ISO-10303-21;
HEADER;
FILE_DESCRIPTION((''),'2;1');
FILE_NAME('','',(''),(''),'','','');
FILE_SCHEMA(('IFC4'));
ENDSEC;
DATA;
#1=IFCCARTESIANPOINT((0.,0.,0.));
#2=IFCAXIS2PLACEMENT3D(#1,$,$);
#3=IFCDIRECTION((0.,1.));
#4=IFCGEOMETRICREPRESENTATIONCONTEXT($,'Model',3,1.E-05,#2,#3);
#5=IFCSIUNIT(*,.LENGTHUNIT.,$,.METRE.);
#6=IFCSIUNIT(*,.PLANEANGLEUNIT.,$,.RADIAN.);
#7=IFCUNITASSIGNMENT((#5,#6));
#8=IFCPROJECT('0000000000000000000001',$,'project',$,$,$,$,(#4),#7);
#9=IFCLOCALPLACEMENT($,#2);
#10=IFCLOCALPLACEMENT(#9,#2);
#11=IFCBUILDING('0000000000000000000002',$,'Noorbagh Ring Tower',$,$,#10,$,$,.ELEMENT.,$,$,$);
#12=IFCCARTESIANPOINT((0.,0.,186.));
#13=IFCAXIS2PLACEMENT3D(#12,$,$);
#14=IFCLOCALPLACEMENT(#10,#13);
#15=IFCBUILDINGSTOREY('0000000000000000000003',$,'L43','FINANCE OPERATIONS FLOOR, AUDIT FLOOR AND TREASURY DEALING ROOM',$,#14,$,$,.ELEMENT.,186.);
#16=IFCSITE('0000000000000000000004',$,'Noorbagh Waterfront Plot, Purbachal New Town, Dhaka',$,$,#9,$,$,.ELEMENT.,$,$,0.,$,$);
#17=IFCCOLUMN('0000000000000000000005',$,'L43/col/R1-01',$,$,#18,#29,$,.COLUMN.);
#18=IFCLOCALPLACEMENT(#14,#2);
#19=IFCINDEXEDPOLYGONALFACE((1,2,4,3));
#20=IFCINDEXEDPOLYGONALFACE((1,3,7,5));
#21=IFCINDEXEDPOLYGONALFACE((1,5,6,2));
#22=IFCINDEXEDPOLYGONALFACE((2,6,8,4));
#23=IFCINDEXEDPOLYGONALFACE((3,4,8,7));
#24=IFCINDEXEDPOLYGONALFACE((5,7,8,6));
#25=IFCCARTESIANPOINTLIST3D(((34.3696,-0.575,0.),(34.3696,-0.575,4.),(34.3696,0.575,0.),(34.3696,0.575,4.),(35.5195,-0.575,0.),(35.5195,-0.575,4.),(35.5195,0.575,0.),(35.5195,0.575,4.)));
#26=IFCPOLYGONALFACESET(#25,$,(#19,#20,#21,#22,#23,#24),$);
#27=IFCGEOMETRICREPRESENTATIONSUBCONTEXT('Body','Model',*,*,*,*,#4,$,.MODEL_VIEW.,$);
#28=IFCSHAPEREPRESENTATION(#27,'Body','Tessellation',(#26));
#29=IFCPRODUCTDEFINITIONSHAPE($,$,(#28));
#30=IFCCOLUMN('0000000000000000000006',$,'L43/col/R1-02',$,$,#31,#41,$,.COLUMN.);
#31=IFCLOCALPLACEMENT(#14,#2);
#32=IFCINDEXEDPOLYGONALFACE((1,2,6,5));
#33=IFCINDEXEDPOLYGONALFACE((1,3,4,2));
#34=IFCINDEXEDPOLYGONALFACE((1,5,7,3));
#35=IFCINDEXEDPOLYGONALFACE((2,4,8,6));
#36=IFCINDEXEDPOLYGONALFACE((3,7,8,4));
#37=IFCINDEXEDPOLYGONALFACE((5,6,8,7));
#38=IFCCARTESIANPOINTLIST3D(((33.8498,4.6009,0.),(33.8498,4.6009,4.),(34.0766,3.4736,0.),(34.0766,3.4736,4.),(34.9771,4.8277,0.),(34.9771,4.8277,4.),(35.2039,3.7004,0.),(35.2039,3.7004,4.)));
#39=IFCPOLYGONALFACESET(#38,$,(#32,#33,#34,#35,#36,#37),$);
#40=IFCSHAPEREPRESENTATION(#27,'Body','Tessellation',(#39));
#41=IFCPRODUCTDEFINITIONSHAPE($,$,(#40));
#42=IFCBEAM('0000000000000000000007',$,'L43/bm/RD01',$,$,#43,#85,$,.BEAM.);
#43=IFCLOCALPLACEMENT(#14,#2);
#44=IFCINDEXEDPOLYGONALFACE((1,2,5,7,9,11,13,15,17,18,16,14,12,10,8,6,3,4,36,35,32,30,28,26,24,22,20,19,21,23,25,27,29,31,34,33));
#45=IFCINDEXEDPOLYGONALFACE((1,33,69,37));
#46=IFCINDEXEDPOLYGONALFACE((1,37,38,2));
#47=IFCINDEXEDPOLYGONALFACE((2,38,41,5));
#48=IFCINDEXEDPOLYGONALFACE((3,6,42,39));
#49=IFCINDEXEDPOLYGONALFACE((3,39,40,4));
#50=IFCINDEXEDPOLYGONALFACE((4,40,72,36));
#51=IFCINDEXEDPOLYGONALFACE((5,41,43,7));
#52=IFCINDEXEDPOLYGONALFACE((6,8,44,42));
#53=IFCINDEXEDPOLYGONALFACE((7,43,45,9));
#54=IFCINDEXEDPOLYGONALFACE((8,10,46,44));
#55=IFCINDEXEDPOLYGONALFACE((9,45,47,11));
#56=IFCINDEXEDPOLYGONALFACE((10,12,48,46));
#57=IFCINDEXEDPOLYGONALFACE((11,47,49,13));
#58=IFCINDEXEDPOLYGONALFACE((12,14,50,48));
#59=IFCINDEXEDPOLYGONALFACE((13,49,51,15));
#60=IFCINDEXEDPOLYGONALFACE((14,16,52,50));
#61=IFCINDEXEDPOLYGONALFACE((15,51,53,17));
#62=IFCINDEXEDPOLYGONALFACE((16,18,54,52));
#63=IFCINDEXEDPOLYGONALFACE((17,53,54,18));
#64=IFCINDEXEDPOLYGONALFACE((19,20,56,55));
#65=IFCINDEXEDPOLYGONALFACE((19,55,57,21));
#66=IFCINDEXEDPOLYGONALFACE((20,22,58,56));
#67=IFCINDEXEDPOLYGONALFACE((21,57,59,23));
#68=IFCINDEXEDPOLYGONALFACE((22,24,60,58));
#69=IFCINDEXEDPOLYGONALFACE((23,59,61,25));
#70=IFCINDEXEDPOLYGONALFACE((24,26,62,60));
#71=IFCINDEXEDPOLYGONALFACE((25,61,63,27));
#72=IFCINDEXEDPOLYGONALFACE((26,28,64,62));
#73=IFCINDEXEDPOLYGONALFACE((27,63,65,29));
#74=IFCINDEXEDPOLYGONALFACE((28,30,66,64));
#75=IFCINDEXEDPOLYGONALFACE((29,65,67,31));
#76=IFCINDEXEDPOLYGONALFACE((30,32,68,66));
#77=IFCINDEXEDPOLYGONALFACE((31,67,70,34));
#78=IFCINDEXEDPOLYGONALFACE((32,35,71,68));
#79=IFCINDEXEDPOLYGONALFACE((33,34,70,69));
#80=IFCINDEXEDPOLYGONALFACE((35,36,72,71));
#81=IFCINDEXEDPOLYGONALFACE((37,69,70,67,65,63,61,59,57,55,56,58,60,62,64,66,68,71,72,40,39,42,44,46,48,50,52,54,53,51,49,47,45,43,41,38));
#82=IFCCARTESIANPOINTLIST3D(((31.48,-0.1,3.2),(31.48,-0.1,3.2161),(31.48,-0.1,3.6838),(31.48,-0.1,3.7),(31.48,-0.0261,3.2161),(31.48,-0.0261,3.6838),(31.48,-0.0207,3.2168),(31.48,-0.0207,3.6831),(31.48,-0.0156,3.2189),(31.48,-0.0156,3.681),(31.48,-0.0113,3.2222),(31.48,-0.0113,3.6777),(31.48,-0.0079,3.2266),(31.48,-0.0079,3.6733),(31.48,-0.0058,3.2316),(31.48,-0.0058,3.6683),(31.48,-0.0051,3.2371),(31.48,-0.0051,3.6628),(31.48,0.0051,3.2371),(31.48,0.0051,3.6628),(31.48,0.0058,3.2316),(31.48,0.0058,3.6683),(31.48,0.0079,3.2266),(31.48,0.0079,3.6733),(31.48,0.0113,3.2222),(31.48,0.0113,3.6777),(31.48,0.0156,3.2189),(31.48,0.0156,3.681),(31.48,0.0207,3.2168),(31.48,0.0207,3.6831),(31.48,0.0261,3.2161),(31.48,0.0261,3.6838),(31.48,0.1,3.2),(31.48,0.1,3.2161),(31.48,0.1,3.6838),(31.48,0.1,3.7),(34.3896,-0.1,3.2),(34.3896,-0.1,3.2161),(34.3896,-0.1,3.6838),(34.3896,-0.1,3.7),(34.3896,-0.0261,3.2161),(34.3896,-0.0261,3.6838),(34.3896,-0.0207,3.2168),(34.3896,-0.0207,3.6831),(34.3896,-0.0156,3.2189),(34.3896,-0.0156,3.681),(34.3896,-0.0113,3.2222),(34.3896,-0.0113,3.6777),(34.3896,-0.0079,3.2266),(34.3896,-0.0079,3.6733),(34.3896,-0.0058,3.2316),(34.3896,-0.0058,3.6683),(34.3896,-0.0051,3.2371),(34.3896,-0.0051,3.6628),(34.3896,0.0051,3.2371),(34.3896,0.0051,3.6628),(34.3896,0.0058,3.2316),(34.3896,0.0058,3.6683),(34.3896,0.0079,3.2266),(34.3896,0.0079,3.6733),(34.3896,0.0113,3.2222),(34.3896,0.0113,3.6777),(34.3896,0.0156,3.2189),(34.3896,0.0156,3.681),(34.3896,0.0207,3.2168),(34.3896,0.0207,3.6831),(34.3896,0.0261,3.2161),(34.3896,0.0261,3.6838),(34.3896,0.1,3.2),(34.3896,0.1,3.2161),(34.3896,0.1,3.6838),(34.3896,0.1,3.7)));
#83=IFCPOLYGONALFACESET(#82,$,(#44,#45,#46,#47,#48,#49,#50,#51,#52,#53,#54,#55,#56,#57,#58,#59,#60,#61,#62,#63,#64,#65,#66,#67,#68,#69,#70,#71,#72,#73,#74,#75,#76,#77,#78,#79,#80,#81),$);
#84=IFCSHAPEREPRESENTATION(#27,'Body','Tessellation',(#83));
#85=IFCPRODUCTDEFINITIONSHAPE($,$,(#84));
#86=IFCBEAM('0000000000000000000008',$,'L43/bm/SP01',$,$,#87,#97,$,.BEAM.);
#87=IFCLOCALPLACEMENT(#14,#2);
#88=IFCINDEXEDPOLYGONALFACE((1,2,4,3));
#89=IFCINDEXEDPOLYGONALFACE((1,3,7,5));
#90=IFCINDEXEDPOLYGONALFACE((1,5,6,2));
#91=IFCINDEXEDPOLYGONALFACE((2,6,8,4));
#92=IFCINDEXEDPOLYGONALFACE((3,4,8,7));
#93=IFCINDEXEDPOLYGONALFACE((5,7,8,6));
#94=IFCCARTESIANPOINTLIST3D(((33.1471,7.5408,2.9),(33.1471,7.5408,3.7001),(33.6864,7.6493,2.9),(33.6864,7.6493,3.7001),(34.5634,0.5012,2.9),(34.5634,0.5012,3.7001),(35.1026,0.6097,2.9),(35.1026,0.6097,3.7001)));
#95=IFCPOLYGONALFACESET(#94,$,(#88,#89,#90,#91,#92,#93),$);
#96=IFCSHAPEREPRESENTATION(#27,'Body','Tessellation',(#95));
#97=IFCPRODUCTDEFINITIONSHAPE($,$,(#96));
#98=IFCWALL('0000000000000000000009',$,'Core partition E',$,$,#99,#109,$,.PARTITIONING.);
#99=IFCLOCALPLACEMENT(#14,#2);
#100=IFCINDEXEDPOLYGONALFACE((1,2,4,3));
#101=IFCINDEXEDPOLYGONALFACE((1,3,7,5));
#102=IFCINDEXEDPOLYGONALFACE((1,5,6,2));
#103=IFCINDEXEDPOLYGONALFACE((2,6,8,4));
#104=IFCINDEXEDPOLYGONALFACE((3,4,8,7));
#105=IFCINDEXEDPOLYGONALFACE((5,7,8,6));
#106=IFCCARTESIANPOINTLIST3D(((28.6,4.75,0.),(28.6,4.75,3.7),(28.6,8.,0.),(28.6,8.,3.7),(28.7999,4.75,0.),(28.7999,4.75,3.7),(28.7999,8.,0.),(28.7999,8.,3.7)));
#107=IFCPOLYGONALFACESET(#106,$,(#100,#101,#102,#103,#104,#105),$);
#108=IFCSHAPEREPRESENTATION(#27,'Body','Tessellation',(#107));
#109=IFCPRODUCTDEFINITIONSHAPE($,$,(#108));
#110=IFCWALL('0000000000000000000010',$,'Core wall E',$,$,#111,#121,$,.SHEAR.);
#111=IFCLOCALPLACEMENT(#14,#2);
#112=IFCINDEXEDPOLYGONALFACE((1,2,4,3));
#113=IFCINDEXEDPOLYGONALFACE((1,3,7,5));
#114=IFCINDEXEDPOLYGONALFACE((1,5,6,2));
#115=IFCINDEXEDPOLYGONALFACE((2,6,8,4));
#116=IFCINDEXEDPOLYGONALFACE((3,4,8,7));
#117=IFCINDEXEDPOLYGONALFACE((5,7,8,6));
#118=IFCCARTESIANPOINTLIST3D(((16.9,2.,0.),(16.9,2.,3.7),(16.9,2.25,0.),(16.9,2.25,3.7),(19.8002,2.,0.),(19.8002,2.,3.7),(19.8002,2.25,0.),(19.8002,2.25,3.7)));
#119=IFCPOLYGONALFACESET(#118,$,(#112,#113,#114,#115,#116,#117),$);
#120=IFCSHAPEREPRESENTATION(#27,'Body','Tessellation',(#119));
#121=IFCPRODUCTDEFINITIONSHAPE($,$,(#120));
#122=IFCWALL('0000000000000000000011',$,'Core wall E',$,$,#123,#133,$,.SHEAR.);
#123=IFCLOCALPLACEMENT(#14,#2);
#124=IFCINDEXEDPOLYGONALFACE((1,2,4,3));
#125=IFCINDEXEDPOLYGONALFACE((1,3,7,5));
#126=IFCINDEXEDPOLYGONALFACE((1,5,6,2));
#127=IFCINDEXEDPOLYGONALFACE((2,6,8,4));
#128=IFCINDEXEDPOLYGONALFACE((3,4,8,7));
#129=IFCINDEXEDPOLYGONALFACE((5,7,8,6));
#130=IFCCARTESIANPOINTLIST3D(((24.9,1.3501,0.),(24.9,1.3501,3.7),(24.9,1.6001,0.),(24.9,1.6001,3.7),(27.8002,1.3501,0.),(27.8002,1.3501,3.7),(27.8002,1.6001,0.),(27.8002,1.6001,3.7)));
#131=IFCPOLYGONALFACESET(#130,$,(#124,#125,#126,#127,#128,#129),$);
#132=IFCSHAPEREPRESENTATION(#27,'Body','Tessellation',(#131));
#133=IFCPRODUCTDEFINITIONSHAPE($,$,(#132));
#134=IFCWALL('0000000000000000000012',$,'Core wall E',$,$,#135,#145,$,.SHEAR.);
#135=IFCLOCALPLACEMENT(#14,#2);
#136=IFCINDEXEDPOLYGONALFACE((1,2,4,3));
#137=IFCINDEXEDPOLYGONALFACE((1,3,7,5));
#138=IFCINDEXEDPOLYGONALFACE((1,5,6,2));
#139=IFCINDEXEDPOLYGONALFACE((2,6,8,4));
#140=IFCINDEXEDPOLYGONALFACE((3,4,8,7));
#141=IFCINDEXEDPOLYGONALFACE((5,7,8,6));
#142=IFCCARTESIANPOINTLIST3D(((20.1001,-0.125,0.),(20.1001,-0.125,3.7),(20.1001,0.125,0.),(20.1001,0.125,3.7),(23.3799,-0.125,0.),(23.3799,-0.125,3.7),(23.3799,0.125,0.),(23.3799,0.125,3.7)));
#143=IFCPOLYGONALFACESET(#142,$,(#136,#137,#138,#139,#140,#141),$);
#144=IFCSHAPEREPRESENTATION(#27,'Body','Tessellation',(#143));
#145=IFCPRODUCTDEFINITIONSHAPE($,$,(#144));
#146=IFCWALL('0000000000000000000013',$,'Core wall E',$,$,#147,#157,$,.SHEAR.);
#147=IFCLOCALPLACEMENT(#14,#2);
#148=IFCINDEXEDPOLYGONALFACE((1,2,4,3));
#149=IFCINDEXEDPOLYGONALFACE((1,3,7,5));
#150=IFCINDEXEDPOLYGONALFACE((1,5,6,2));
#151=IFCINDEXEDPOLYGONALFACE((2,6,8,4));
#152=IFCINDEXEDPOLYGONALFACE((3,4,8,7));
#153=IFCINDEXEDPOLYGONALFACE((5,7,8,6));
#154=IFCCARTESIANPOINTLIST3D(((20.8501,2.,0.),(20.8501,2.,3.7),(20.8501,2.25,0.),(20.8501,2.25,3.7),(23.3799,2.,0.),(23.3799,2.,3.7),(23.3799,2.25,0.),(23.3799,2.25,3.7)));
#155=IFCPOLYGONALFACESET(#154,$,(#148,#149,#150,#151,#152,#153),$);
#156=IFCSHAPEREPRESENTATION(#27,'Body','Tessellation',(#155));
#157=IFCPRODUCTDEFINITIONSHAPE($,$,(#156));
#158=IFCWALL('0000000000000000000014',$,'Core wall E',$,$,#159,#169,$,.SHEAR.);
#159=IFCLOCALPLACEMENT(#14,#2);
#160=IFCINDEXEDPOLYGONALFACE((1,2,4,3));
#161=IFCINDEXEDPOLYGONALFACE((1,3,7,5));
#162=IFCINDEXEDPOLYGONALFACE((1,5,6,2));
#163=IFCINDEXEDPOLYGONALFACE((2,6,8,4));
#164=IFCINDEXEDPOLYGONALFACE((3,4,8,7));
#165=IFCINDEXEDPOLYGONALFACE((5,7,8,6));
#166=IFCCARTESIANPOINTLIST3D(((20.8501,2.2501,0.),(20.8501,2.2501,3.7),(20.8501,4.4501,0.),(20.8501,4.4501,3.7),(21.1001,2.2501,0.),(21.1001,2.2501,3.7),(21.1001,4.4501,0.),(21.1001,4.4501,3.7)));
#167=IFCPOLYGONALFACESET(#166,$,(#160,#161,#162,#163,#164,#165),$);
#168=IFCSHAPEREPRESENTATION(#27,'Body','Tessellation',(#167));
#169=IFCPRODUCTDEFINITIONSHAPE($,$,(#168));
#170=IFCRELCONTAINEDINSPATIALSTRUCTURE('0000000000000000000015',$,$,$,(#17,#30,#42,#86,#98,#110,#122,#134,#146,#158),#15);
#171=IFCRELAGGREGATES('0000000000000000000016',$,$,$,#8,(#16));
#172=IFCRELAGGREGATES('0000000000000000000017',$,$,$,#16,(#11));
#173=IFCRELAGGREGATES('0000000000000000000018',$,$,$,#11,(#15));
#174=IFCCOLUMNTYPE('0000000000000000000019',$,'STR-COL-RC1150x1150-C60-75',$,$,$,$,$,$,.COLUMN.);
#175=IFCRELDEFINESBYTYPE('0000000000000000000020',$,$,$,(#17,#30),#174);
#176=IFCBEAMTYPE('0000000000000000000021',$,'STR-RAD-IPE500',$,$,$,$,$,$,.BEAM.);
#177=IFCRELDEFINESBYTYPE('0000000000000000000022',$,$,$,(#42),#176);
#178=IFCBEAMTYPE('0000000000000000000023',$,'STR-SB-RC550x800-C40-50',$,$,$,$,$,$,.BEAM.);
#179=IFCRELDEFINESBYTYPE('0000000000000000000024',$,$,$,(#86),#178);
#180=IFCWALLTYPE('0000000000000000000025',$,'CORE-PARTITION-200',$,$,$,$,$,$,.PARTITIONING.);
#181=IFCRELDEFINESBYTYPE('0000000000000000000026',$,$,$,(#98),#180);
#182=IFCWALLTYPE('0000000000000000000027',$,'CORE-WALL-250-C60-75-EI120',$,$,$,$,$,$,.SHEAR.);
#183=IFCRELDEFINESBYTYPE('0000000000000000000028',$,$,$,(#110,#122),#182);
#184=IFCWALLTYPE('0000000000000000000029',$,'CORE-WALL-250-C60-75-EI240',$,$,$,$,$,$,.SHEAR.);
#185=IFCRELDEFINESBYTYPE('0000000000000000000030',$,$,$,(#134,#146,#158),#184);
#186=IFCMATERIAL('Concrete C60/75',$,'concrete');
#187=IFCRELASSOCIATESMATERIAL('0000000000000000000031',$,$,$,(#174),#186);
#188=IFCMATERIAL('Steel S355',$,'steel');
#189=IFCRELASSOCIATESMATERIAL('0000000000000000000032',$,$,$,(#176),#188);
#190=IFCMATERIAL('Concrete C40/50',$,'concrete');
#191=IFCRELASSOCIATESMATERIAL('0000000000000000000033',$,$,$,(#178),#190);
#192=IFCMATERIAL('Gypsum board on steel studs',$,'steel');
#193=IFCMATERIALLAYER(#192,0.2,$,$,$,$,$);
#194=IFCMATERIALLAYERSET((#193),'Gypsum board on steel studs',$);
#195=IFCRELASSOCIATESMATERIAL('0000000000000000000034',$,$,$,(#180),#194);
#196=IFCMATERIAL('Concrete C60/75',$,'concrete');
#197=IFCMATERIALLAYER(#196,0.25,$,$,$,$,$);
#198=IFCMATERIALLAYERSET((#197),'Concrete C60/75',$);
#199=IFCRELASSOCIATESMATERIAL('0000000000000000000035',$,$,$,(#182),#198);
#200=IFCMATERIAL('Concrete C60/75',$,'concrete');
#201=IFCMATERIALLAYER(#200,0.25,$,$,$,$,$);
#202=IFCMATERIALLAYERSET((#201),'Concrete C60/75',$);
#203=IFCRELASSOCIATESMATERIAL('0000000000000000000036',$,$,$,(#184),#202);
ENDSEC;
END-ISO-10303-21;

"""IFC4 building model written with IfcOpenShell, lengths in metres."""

from ifc_helpers import new_model, si_unit, direction, frame, frame_2d, origin, origin_2d, place, context, subcontext, project, spatial, rectangle, i_section, extrude, material, layer, layer_set, material_profile, profile_set, type_object, element, save


model = new_model("IFC4")

# Units and contexts
model_context = context("Model", 3, precision=1e-05, world=origin(), true_north=direction((0.0, 1.0)))
body_context = subcontext(model_context, "Body", "Model", "MODEL_VIEW")
ifc_project = project(units=[si_unit("LENGTHUNIT", "METRE"), si_unit("PLANEANGLEUNIT", "RADIAN")], contexts=[model_context])

# Site, building, storey
site_placement = place(None, origin())
site = spatial("IfcSite", under=ifc_project, at=site_placement, Name="Noorbagh Waterfront Plot, Purbachal New Town, Dhaka", CompositionType="ELEMENT", RefElevation=0.0)
building_placement = place(site_placement, origin())
building = spatial("IfcBuilding", under=site, at=building_placement, Name="Noorbagh Ring Tower", CompositionType="ELEMENT")
storey_placement = place(building_placement, frame((0.0, 0.0, 186.0)))
storey = spatial("IfcBuildingStorey", under=building, at=storey_placement, Name="L43", Description="FINANCE OPERATIONS FLOOR, AUDIT FLOOR AND TREASURY DEALING ROOM", CompositionType="ELEMENT", Elevation=186.0)

# Columns
ifc_material_1 = material(Name="Concrete C60/75", Category="concrete")
ifc_material_profile_1 = material_profile(ifc_material_1, rectangle(XDim=1.1499, YDim=1.1499, at=origin_2d()), Name="RC1150x1150")
ifc_profile_set_1 = profile_set([ifc_material_profile_1], Name="Concrete C60/75")
column_type = type_object("IfcColumnType", Name="STR-COL-RC1150x1150-C60-75", PredefinedType="COLUMN", material=ifc_profile_set_1)
for number, where, z_axis, x_axis, name in (
    (1, (34.9446, 0.0, 0.0), (0.0, 0.0, 1.0), (0.0, 1.0, 0.0), "L43/col/R1-01"),
    (2, (34.5269, 4.1506, 0.0), (0.0, 0.0, 1.0), (-0.19723, 0.980357, 0.0), "L43/col/R1-02"),
):
    element("IfcColumn", number, at=place(storey_placement, frame(where, z_axis=z_axis, x_axis=x_axis)), inside=storey, type_object=column_type, Name=name, PredefinedType="COLUMN", context=body_context, shape_type="SweptSolid", body=[
        extrude(rectangle(XDim=1.1499, YDim=1.1499, at=origin_2d()), origin(), (0.0, 0.0, 1.0), 4.0),
    ])

# Beams
ifc_material_2 = material(Name="Steel S355", Category="steel")
ifc_material_profile_2 = material_profile(ifc_material_2, i_section(OverallWidth=0.2, OverallDepth=0.5, WebThickness=0.0103, FlangeThickness=0.0161, FilletRadius=0.021, at=origin_2d()), Name="IPE500")
ifc_profile_set_2 = profile_set([ifc_material_profile_2], Name="Steel S355")
beam_type_1 = type_object("IfcBeamType", Name="STR-RAD-IPE500", PredefinedType="BEAM", material=ifc_profile_set_2)
beam_1_placement = place(storey_placement, frame((34.3896, 0.0, 3.45), z_axis=(-1.0, 0.0, 0.0), x_axis=(0.0, -1.0, 0.0)))
element("IfcBeam", 3, at=beam_1_placement, inside=storey, type_object=beam_type_1, Name="L43/bm/RD01", PredefinedType="BEAM", context=body_context, shape_type="SweptSolid", body=[
    extrude(i_section(OverallWidth=0.2, OverallDepth=0.5, WebThickness=0.0103, FlangeThickness=0.0161, FilletRadius=0.021, at=origin_2d()), origin(), (0.0, 0.0, 1.0), 2.9097),
])
ifc_material_3 = material(Name="Concrete C40/50", Category="concrete")
ifc_material_profile_3 = material_profile(ifc_material_3, rectangle(XDim=0.55, YDim=0.8, at=origin_2d()), Name="RC550x800")
ifc_profile_set_3 = profile_set([ifc_material_profile_3], Name="Concrete C40/50")
beam_type_2 = type_object("IfcBeamType", Name="STR-SB-RC550x800-C40-50", PredefinedType="BEAM", material=ifc_profile_set_3)
beam_2_placement = place(storey_placement, frame((34.833, 0.5554, 3.3), z_axis=(-0.197234, 0.980356, 0.0), x_axis=(-0.980356, -0.197234, 0.0)))
element("IfcBeam", 4, at=beam_2_placement, inside=storey, type_object=beam_type_2, Name="L43/bm/SP01", PredefinedType="BEAM", context=body_context, shape_type="SweptSolid", body=[
    extrude(rectangle(XDim=0.55, YDim=0.8, at=origin_2d()), origin(), (0.0, 0.0, 1.0), 7.1807),
])

# Walls
ifc_material_4 = material(Name="Gypsum board on steel studs", Category="steel")
ifc_layer_1 = layer(ifc_material_4, 0.2)
ifc_layer_set_1 = layer_set([ifc_layer_1], Name="Gypsum board on steel studs")
wall_type_1 = type_object("IfcWallType", Name="CORE-PARTITION-200", PredefinedType="PARTITIONING", material=ifc_layer_set_1)
wall_1_placement = place(storey_placement, frame((28.7, 4.75, 0.0), z_axis=(0.0, 0.0, 1.0), x_axis=(0.0, 1.0, 0.0)))
element("IfcWall", 5, at=wall_1_placement, inside=storey, type_object=wall_type_1, Name="Core partition E", PredefinedType="PARTITIONING", context=body_context, shape_type="SweptSolid", body=[
    extrude(rectangle(XDim=3.25, YDim=0.2, at=frame_2d((1.625, 0.0))), origin(), (0.0, 0.0, 1.0), 3.7),
])
ifc_material_5 = material(Name="Concrete C60/75", Category="concrete")
ifc_layer_2 = layer(ifc_material_5, 0.25)
ifc_layer_set_2 = layer_set([ifc_layer_2], Name="Concrete C60/75")
wall_type_2 = type_object("IfcWallType", Name="CORE-WALL-250-C60-75-EI120", PredefinedType="SHEAR", material=ifc_layer_set_2)
for number, where, z_axis, x_axis, name in (
    (6, (16.8999, 2.125, 0.0), (0.0, 0.0, 1.0), (1.0, 0.0, 0.0), "Core wall E"),
    (7, (24.8999, 1.4751, 0.0), (0.0, 0.0, 1.0), (1.0, 0.0, 0.0), "Core wall E"),
):
    element("IfcWall", number, at=place(storey_placement, frame(where, z_axis=z_axis, x_axis=x_axis)), inside=storey, type_object=wall_type_2, Name=name, PredefinedType="SHEAR", context=body_context, shape_type="SweptSolid", body=[
        extrude(rectangle(XDim=2.9001, YDim=0.25, at=frame_2d((1.4502, 0.0))), origin(), (0.0, 0.0, 1.0), 3.7),
    ])
ifc_material_6 = material(Name="Concrete C60/75", Category="concrete")
ifc_layer_3 = layer(ifc_material_6, 0.25)
ifc_layer_set_3 = layer_set([ifc_layer_3], Name="Concrete C60/75")
wall_type_3 = type_object("IfcWallType", Name="CORE-WALL-250-C60-75-EI240", PredefinedType="SHEAR", material=ifc_layer_set_3)
wall_2_placement = place(storey_placement, frame((20.1001, 0.0, 0.0), z_axis=(0.0, 0.0, 1.0), x_axis=(1.0, 0.0, 0.0)))
element("IfcWall", 8, at=wall_2_placement, inside=storey, type_object=wall_type_3, Name="Core wall E", PredefinedType="SHEAR", context=body_context, shape_type="SweptSolid", body=[
    extrude(rectangle(XDim=3.2798, YDim=0.25, at=frame_2d((1.6399, 0.0))), origin(), (0.0, 0.0, 1.0), 3.7),
])
wall_3_placement = place(storey_placement, frame((20.8501, 2.125, 0.0), z_axis=(0.0, 0.0, 1.0), x_axis=(1.0, 0.0, 0.0)))
element("IfcWall", 9, at=wall_3_placement, inside=storey, type_object=wall_type_3, Name="Core wall E", PredefinedType="SHEAR", context=body_context, shape_type="SweptSolid", body=[
    extrude(rectangle(XDim=2.5298, YDim=0.25, at=frame_2d((1.2649, 0.0))), origin(), (0.0, 0.0, 1.0), 3.7),
])
wall_4_placement = place(storey_placement, frame((20.9751, 2.25, 0.0), z_axis=(0.0, 0.0, 1.0), x_axis=(0.0, 1.0, 0.0)))
element("IfcWall", 10, at=wall_4_placement, inside=storey, type_object=wall_type_3, Name="Core wall E", PredefinedType="SHEAR", context=body_context, shape_type="SweptSolid", body=[
    extrude(rectangle(XDim=2.2, YDim=0.25, at=frame_2d((1.1001, 0.0))), origin(), (0.0, 0.0, 1.0), 3.7),
])

save(model, "model.ifc")
